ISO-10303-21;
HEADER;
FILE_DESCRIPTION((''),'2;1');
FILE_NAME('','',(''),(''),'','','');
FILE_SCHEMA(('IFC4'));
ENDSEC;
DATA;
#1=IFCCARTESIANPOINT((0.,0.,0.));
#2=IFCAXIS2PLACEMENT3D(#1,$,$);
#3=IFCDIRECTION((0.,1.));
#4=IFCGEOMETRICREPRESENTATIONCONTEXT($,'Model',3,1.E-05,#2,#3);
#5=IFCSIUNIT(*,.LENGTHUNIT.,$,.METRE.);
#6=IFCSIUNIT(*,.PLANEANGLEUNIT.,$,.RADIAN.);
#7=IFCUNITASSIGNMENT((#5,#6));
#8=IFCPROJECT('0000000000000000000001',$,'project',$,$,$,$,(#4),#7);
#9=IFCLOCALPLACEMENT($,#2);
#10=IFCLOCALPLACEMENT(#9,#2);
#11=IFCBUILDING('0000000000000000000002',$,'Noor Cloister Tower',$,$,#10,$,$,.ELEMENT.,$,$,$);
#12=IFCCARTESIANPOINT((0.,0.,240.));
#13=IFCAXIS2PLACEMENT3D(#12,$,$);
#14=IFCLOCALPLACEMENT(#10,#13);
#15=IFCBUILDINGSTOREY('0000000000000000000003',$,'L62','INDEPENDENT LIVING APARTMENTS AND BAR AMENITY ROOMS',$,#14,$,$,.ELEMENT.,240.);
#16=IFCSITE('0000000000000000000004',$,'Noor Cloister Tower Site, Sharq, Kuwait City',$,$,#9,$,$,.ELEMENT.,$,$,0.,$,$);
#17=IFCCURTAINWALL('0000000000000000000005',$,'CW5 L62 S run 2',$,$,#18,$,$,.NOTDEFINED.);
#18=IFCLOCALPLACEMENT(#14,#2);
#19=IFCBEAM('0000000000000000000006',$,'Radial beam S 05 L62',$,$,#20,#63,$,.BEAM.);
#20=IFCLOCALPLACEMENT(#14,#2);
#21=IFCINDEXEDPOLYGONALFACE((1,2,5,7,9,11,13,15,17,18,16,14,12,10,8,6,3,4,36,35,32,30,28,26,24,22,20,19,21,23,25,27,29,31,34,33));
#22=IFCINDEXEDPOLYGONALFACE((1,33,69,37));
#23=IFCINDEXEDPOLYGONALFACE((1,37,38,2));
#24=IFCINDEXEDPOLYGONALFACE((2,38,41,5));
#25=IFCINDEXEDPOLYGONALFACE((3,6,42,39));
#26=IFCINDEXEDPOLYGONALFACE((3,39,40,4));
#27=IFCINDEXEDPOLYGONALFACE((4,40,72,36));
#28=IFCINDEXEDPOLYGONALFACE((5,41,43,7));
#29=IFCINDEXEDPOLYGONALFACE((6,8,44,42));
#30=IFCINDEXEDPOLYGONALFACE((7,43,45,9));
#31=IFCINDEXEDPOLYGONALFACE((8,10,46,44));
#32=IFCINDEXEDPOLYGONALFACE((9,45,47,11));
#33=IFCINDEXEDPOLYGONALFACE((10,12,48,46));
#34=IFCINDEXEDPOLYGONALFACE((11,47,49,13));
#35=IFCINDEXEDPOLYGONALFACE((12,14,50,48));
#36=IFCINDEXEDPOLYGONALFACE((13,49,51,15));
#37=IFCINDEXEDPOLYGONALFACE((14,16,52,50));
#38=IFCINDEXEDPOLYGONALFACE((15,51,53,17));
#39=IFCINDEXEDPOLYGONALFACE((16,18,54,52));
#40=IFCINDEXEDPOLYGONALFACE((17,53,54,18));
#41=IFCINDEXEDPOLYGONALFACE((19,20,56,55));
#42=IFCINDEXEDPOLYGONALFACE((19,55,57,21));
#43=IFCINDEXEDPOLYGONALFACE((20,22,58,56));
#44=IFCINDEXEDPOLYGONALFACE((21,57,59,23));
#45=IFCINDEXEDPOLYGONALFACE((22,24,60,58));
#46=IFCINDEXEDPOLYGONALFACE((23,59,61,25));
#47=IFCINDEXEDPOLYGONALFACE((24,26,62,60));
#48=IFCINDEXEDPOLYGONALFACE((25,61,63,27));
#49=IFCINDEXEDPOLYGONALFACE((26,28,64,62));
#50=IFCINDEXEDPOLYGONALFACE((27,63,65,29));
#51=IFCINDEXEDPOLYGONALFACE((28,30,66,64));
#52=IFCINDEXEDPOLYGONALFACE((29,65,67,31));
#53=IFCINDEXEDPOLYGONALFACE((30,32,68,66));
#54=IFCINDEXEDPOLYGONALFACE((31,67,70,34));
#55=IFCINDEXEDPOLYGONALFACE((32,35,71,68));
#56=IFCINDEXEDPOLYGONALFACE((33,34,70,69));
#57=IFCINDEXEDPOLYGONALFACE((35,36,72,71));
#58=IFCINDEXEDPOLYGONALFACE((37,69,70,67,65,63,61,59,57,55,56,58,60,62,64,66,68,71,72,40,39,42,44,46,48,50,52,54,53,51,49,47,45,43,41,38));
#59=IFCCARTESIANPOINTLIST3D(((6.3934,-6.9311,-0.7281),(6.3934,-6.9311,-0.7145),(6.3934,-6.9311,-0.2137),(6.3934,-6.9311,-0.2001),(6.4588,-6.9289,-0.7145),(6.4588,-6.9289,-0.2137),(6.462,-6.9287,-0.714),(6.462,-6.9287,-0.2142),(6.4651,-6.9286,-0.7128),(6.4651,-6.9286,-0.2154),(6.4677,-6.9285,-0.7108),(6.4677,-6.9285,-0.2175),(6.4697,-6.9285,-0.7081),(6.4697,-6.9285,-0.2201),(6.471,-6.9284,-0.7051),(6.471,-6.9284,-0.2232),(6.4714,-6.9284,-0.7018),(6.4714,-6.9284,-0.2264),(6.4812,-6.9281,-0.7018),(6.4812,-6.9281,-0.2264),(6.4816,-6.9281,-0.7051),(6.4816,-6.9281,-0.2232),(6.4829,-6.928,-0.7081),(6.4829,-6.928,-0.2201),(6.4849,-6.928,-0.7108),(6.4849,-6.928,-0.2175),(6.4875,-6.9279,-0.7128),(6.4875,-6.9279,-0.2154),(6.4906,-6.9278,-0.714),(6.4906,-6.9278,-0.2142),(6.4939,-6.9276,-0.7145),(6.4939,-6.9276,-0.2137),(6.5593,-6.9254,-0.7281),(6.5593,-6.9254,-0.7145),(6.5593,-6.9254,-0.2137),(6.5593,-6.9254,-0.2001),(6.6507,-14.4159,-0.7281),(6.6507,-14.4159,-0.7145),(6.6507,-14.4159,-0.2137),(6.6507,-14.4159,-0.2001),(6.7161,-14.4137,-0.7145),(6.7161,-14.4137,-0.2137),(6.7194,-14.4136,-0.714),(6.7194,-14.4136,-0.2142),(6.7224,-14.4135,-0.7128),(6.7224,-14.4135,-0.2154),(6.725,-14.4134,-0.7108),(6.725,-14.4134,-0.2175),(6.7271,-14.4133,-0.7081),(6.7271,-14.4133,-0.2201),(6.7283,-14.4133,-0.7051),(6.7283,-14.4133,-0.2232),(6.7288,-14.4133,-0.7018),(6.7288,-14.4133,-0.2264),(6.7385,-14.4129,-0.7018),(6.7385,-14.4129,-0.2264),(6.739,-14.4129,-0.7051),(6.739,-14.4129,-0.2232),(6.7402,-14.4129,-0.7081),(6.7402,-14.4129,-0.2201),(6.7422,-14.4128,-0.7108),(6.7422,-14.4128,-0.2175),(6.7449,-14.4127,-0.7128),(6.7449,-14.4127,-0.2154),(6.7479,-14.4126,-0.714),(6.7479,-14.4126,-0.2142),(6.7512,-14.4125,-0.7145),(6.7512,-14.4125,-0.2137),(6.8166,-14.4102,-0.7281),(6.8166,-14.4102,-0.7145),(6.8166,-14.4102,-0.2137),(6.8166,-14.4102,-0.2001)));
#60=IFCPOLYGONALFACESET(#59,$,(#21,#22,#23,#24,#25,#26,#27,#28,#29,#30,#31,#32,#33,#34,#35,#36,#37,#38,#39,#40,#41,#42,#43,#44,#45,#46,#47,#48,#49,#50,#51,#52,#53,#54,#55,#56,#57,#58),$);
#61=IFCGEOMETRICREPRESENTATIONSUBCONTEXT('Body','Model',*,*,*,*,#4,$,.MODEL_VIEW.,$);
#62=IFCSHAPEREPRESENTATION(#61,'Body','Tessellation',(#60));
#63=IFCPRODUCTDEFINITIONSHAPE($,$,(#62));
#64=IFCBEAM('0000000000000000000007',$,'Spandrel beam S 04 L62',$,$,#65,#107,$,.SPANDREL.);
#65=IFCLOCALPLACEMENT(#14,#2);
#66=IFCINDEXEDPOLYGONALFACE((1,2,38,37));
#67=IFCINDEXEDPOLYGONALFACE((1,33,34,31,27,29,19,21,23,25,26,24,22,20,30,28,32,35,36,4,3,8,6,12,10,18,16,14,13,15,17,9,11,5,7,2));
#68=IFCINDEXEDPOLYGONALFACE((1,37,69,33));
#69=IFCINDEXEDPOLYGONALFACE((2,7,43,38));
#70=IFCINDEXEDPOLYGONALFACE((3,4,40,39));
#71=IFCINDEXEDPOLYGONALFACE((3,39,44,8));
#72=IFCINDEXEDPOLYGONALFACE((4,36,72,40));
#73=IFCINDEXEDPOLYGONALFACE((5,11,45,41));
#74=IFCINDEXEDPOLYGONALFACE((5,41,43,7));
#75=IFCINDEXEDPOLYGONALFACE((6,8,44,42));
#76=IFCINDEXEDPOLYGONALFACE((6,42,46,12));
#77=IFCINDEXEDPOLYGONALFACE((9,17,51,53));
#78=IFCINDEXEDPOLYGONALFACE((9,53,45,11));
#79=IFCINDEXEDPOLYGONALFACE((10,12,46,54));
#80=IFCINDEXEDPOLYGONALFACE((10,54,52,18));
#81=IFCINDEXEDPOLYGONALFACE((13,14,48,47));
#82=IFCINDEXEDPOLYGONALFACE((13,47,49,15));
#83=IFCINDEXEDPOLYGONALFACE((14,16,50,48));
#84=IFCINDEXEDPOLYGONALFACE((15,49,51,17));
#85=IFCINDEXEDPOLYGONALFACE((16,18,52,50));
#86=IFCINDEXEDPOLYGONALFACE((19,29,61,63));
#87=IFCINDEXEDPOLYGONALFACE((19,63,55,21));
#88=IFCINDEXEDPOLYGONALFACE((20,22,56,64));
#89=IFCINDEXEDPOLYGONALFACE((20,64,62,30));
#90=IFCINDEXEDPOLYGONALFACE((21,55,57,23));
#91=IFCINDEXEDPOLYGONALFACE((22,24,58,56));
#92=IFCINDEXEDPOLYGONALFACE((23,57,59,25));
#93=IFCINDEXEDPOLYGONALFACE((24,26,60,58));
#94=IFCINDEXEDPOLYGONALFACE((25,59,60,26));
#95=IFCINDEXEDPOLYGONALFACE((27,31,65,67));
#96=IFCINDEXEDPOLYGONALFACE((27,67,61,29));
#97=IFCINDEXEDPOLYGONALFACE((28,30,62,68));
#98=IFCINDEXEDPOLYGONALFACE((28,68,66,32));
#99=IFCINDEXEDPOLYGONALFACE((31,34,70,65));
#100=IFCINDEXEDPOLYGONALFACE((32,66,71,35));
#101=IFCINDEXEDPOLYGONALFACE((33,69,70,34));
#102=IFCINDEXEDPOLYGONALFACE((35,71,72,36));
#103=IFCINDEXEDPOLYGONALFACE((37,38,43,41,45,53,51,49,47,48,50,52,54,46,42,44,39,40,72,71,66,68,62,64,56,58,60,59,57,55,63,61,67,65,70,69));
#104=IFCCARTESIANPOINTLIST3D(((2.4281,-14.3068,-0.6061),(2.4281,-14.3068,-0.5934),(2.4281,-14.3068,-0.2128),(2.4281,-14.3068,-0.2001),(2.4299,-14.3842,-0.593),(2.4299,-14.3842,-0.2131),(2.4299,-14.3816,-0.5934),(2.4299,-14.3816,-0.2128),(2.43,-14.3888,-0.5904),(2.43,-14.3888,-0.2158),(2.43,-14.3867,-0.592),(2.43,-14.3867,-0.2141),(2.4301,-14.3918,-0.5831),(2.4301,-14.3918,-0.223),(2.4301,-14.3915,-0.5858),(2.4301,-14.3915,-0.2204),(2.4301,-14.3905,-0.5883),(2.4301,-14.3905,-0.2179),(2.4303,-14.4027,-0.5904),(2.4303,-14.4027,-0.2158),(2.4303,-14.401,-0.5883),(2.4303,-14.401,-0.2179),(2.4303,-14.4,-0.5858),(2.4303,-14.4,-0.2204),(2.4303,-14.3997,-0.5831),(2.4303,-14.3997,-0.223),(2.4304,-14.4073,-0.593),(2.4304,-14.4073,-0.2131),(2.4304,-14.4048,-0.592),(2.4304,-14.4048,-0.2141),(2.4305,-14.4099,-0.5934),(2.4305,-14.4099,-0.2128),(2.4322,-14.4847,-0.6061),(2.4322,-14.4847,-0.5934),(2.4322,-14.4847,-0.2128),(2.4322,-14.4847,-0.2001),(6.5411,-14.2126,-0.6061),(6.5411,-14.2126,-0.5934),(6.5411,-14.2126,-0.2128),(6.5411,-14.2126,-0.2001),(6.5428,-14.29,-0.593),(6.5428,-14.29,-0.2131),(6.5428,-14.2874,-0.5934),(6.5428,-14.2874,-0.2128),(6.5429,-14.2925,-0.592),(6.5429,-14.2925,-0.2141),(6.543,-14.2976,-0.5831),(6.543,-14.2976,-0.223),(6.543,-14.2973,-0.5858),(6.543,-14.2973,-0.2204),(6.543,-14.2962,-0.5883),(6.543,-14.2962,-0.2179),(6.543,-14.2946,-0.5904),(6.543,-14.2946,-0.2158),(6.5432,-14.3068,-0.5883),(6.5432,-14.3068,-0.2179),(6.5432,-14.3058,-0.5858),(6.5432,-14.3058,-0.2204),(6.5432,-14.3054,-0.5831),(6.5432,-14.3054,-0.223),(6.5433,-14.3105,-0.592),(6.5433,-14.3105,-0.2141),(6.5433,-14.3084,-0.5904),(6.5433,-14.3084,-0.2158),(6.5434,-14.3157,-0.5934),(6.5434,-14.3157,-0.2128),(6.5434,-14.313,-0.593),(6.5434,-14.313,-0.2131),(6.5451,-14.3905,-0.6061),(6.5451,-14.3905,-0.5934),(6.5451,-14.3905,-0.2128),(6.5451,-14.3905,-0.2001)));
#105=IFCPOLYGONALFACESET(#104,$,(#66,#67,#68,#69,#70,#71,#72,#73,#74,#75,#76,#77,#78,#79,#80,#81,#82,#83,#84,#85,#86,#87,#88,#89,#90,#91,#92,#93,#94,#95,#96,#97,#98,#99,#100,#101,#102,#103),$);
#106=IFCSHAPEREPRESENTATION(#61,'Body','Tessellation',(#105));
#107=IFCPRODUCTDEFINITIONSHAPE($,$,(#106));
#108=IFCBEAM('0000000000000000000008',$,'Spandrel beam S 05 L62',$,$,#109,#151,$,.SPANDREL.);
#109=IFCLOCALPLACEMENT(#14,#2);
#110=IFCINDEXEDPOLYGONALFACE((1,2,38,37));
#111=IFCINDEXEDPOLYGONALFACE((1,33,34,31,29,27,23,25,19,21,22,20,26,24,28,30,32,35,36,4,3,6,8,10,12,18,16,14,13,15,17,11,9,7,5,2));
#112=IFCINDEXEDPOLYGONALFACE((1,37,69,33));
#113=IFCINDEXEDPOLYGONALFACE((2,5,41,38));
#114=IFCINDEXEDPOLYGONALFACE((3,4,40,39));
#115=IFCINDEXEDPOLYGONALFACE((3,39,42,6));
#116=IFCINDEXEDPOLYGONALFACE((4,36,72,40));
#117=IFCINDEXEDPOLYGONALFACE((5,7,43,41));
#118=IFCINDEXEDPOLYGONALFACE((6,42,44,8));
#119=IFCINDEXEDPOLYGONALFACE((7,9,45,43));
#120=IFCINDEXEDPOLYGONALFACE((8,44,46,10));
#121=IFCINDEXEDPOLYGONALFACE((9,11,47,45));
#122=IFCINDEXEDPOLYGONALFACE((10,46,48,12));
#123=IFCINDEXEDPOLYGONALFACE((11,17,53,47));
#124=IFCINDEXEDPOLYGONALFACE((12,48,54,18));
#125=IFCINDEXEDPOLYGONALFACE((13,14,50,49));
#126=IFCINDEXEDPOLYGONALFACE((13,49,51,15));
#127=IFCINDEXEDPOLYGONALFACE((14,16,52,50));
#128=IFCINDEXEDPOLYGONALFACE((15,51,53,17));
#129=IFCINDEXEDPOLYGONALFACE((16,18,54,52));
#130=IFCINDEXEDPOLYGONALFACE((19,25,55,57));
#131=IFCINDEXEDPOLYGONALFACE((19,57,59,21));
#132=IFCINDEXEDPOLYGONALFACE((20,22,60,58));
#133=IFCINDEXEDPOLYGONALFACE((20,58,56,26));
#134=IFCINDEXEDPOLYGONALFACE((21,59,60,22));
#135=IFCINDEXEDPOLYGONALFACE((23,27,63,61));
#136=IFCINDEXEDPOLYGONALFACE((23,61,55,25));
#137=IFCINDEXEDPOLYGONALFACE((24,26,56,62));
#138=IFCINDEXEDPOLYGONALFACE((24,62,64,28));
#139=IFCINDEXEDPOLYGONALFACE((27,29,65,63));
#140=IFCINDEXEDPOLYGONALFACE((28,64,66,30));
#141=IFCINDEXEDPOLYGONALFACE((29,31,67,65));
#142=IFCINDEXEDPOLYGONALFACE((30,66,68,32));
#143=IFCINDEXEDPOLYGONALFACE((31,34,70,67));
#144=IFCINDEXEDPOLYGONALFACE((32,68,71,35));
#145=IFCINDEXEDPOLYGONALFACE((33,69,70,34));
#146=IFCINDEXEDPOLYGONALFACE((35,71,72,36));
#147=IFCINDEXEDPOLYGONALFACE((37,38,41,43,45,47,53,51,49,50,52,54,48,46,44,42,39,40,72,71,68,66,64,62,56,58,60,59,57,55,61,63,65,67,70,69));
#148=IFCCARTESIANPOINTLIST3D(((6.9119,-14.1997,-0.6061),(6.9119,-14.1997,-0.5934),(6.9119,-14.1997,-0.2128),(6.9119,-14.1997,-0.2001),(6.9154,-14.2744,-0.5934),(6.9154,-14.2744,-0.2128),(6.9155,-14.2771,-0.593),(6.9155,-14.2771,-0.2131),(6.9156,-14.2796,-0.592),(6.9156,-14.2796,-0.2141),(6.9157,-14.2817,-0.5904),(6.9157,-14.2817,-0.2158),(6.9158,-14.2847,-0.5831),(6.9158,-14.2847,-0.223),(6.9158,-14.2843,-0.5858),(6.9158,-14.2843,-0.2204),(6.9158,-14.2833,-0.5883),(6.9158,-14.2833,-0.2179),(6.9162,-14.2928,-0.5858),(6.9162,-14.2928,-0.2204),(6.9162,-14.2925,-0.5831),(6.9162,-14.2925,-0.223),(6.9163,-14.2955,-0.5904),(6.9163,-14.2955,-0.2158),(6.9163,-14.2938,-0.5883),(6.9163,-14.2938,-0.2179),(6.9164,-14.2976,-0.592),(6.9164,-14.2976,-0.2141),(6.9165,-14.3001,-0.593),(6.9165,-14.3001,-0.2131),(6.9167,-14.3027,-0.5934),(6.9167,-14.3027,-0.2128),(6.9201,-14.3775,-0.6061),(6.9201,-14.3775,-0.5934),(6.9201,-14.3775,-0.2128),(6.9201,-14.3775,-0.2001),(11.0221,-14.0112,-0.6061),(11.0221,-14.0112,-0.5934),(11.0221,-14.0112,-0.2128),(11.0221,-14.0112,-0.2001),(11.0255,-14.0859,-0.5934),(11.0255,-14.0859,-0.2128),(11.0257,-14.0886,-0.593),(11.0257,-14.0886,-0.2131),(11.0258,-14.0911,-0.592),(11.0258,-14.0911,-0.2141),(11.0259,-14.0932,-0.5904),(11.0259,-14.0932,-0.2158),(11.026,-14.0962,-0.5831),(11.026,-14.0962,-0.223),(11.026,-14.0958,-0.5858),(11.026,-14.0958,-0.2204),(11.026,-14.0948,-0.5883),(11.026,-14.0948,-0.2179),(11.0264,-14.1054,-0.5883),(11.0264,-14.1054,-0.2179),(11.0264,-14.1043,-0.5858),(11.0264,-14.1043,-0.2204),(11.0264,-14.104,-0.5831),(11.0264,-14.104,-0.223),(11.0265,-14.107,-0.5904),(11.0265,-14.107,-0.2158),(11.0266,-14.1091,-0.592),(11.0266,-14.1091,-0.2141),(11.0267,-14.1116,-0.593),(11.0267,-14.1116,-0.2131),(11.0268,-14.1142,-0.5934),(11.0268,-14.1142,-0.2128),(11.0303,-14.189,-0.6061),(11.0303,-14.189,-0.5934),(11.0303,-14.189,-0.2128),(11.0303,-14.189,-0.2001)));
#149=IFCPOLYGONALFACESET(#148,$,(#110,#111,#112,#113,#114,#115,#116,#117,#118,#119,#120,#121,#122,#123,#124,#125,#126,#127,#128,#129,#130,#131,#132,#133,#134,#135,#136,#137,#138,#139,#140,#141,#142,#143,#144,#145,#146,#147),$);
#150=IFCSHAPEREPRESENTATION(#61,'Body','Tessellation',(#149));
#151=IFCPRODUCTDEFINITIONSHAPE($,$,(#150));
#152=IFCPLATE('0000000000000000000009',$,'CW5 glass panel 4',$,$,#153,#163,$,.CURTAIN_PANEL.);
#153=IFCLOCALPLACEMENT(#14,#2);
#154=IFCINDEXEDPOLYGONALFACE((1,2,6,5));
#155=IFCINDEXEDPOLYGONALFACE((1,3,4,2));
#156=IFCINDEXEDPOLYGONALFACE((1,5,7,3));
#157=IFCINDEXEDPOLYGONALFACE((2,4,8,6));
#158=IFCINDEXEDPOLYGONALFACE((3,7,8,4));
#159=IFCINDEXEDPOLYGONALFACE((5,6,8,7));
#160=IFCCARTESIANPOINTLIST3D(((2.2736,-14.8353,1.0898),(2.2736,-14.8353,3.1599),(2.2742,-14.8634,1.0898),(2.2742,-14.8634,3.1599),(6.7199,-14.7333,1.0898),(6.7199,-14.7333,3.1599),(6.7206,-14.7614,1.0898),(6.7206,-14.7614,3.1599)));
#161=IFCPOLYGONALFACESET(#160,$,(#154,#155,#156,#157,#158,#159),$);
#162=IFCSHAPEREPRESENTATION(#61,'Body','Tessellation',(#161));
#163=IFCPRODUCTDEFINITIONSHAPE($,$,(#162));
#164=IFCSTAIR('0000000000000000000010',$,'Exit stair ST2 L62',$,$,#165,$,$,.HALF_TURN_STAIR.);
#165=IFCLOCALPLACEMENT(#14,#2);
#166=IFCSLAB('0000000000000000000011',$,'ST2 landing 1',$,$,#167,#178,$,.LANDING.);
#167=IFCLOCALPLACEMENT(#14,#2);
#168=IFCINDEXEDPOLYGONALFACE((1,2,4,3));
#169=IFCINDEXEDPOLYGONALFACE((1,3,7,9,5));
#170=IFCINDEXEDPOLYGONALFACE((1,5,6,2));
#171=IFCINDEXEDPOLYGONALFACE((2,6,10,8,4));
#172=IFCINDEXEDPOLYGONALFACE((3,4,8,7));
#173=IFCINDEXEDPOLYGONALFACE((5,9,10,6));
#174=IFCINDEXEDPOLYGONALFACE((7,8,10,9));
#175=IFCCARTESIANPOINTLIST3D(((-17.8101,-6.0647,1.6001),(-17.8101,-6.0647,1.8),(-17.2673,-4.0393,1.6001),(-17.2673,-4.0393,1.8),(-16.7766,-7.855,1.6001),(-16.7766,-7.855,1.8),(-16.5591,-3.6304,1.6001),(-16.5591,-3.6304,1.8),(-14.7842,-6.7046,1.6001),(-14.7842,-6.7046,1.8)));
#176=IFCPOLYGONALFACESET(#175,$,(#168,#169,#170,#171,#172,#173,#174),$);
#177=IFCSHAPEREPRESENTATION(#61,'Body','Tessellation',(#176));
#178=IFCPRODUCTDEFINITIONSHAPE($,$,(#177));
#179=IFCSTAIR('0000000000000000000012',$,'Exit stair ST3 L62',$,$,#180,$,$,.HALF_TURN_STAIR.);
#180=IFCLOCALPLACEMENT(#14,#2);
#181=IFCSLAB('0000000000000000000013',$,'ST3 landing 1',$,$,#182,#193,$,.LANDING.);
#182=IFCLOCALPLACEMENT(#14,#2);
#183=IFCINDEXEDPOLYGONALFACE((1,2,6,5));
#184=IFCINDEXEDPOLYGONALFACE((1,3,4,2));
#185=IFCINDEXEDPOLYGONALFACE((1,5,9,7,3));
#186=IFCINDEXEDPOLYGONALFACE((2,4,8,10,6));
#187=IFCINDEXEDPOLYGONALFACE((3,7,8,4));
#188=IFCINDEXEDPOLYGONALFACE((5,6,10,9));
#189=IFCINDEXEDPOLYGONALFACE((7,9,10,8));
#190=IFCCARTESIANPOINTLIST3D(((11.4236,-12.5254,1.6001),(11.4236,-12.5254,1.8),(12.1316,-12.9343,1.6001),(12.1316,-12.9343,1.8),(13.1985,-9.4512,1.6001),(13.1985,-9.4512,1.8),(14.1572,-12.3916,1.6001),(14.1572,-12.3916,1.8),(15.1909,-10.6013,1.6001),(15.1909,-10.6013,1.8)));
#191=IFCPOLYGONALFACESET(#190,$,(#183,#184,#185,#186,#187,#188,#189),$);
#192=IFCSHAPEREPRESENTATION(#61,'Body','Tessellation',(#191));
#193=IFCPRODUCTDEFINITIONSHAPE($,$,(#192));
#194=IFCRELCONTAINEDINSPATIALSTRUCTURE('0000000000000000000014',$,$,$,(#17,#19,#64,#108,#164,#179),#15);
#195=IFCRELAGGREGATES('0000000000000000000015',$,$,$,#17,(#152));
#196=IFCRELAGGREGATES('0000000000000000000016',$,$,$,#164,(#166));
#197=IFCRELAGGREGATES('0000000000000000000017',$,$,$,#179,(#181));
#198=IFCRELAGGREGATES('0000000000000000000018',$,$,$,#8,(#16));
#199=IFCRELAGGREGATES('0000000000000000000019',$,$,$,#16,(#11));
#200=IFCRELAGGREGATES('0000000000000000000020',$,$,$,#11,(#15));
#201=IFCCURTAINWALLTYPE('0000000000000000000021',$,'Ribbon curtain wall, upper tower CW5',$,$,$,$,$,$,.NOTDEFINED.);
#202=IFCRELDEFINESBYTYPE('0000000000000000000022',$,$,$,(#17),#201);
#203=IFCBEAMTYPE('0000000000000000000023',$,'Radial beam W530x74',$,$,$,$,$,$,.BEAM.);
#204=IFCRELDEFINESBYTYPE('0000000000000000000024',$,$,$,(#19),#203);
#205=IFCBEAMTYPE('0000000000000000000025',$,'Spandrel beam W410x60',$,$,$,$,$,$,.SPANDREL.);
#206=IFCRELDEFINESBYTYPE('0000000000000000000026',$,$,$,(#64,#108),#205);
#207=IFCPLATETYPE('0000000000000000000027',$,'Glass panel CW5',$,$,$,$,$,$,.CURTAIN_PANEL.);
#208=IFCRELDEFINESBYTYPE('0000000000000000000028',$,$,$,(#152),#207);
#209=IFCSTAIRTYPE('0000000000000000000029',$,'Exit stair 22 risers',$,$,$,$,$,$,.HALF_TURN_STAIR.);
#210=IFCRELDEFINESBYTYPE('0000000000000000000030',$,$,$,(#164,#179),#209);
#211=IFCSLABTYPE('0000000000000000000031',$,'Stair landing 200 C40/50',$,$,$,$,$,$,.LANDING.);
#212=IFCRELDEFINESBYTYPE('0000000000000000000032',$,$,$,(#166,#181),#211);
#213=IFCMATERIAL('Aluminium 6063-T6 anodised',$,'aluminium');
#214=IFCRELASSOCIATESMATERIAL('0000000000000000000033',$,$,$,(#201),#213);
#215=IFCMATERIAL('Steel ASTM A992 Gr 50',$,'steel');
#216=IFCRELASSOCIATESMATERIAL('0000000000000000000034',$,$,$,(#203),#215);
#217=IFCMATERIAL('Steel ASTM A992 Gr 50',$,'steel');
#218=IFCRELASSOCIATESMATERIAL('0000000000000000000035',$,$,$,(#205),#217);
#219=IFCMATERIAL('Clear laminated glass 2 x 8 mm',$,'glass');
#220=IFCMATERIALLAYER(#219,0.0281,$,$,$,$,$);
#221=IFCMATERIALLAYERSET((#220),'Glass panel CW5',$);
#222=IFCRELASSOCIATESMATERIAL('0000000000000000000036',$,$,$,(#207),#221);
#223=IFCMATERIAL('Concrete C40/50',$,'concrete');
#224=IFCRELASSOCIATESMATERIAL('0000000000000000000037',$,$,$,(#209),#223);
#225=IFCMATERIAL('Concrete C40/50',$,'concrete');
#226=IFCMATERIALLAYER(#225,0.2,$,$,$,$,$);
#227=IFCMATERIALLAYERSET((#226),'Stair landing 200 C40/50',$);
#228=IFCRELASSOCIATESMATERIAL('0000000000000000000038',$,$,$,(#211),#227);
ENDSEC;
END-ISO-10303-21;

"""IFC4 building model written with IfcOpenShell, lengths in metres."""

from ifc_helpers import new_model, si_unit, direction, frame, origin, origin_2d, place, context, subcontext, project, spatial, polyline, rectangle, i_section, outline, extrude, material, layer, layer_set, material_profile, profile_set, type_object, element, aggregate, save


model = new_model("IFC4")

# Units and contexts
model_context = context("Model", 3, precision=1e-05, world=origin(), true_north=direction((0.0, 1.0)))
body_context = subcontext(model_context, "Body", "Model", "MODEL_VIEW")
ifc_project = project(units=[si_unit("LENGTHUNIT", "METRE"), si_unit("PLANEANGLEUNIT", "RADIAN")], contexts=[model_context])

# Site, building, storey
site_placement = place(None, origin())
site = spatial("IfcSite", under=ifc_project, at=site_placement, Name="Noor Cloister Tower Site, Sharq, Kuwait City", CompositionType="ELEMENT", RefElevation=0.0)
building_placement = place(site_placement, origin())
building = spatial("IfcBuilding", under=site, at=building_placement, Name="Noor Cloister Tower", CompositionType="ELEMENT")
storey_placement = place(building_placement, frame((0.0, 0.0, 240.0)))
storey = spatial("IfcBuildingStorey", under=building, at=storey_placement, Name="L62", Description="INDEPENDENT LIVING APARTMENTS AND BAR AMENITY ROOMS", CompositionType="ELEMENT", Elevation=240.0)

# Curtain wall
ifc_material_1 = material(Name="Aluminium 6063-T6 anodised", Category="aluminium")
curtain_wall_type = type_object("IfcCurtainWallType", Name="Ribbon curtain wall, upper tower CW5", PredefinedType="NOTDEFINED", material=ifc_material_1)
curtain_wall_placement = place(storey_placement, origin())
curtain_wall = element("IfcCurtainWall", 1, at=curtain_wall_placement, inside=storey, type_object=curtain_wall_type, Name="CW5 L62 S run 2", PredefinedType="NOTDEFINED")

# Beams
ifc_material_2 = material(Name="Steel ASTM A992 Gr 50", Category="steel")
ifc_material_profile_1 = material_profile(ifc_material_2, i_section(OverallWidth=0.166, OverallDepth=0.5281, WebThickness=0.0098, FlangeThickness=0.0137, FilletRadius=0.0127, at=origin_2d()), Name="W530x74")
ifc_profile_set_1 = profile_set([ifc_material_profile_1], Name="Steel ASTM A992 Gr 50")
beam_type_1 = type_object("IfcBeamType", Name="Radial beam W530x74", PredefinedType="BEAM", material=ifc_profile_set_1)
beam_1_placement = place(storey_placement, frame((6.7336, -14.4131, -0.4641), z_axis=(-0.034359, 0.99941, 0.0), x_axis=(-0.99941, -0.034359, 0.0)))
element("IfcBeam", 2, at=beam_1_placement, inside=storey, type_object=beam_type_1, Name="Radial beam S 05 L62", PredefinedType="BEAM", context=body_context, shape_type="SweptSolid", body=[
    extrude(i_section(OverallWidth=0.166, OverallDepth=0.5281, WebThickness=0.0098, FlangeThickness=0.0137, FilletRadius=0.0127, at=origin_2d()), origin(), (0.0, 0.0, 1.0), 7.4893),
])
ifc_material_3 = material(Name="Steel ASTM A992 Gr 50", Category="steel")
ifc_material_profile_2 = material_profile(ifc_material_3, i_section(OverallWidth=0.178, OverallDepth=0.406, WebThickness=0.0078, FlangeThickness=0.0127, FilletRadius=0.0103, at=origin_2d()), Name="W410x60")
ifc_profile_set_2 = profile_set([ifc_material_profile_2], Name="Steel ASTM A992 Gr 50")
beam_type_2 = type_object("IfcBeamType", Name="Spandrel beam W410x60", PredefinedType="SPANDREL", material=ifc_profile_set_2)
beam_2_placement = place(storey_placement, frame((2.4302, -14.3958, -0.4031), z_axis=(0.999738, 0.022906, 0.0), x_axis=(-0.022906, 0.999738, 0.0)))
element("IfcBeam", 3, at=beam_2_placement, inside=storey, type_object=beam_type_2, Name="Spandrel beam S 04 L62", PredefinedType="SPANDREL", context=body_context, shape_type="SweptSolid", body=[
    extrude(i_section(OverallWidth=0.178, OverallDepth=0.406, WebThickness=0.0078, FlangeThickness=0.0127, FilletRadius=0.0103, at=origin_2d()), origin(), (0.0, 0.0, 1.0), 4.114),
])
beam_3_placement = place(storey_placement, frame((6.916, -14.2886, -0.4031), z_axis=(0.99895, 0.045809, 0.0), x_axis=(-0.045809, 0.99895, 0.0)))
element("IfcBeam", 4, at=beam_3_placement, inside=storey, type_object=beam_type_2, Name="Spandrel beam S 05 L62", PredefinedType="SPANDREL", context=body_context, shape_type="SweptSolid", body=[
    extrude(i_section(OverallWidth=0.178, OverallDepth=0.406, WebThickness=0.0078, FlangeThickness=0.0127, FilletRadius=0.0103, at=origin_2d()), origin(), (0.0, 0.0, 1.0), 4.1145),
])

# Plate
ifc_material_4 = material(Name="Clear laminated glass 2 x 8 mm", Category="glass")
ifc_layer_1 = layer(ifc_material_4, 0.0281)
ifc_layer_set_1 = layer_set([ifc_layer_1], Name="Glass panel CW5")
plate_type = type_object("IfcPlateType", Name="Glass panel CW5", PredefinedType="CURTAIN_PANEL", material=ifc_layer_set_1)
plate_placement = place(storey_placement, frame((4.4971, -14.7983, 1.0898), z_axis=(0.0, 0.0, 1.0), x_axis=(0.999737, 0.022925, 0.0)))
plate = element("IfcPlate", 5, at=plate_placement, type_object=plate_type, Name="CW5 glass panel 4", PredefinedType="CURTAIN_PANEL", context=body_context, shape_type="SweptSolid", body=[
    extrude(rectangle(XDim=4.4475, YDim=0.0281, at=origin_2d()), origin(), (0.0, 0.0, 1.0), 2.0701),
])
aggregate(curtain_wall, [plate])

# Stairs, slabs
ifc_material_5 = material(Name="Concrete C40/50", Category="concrete")
stair_type = type_object("IfcStairType", Name="Exit stair 22 risers", PredefinedType="HALF_TURN_STAIR", material=ifc_material_5)
stair_1_placement = place(storey_placement, origin())
stair_1 = element("IfcStair", 6, at=stair_1_placement, inside=storey, type_object=stair_type, Name="Exit stair ST2 L62", PredefinedType="HALF_TURN_STAIR")
ifc_material_6 = material(Name="Concrete C40/50", Category="concrete")
ifc_layer_2 = layer(ifc_material_6, 0.2)
ifc_layer_set_2 = layer_set([ifc_layer_2], Name="Stair landing 200 C40/50")
slab_type = type_object("IfcSlabType", Name="Stair landing 200 C40/50", PredefinedType="LANDING", material=ifc_layer_set_2)
slab_1_placement = place(storey_placement, frame((0.0, 0.0, 1.6001)))
slab_1 = element("IfcSlab", 7, at=slab_1_placement, type_object=slab_type, Name="ST2 landing 1", PredefinedType="LANDING", context=body_context, shape_type="SweptSolid", body=[
    extrude(outline(polyline([(-16.5591, -3.6304), (-17.2673, -4.0393), (-17.8101, -6.0647), (-16.7766, -7.855), (-14.7842, -6.7046), (-16.5591, -3.6304)])), origin(), (0.0, 0.0, 1.0), 0.2),
])
aggregate(stair_1, [slab_1])
stair_2_placement = place(storey_placement, origin())
stair_2 = element("IfcStair", 8, at=stair_2_placement, inside=storey, type_object=stair_type, Name="Exit stair ST3 L62", PredefinedType="HALF_TURN_STAIR")
slab_2_placement = place(storey_placement, frame((0.0, 0.0, 1.6001)))
slab_2 = element("IfcSlab", 9, at=slab_2_placement, type_object=slab_type, Name="ST3 landing 1", PredefinedType="LANDING", context=body_context, shape_type="SweptSolid", body=[
    extrude(outline(polyline([(11.4236, -12.5254), (12.1316, -12.9343), (14.1572, -12.3916), (15.1909, -10.6013), (13.1985, -9.4512), (11.4236, -12.5254)])), origin(), (0.0, 0.0, 1.0), 0.2),
])
aggregate(stair_2, [slab_2])

save(model, "model.ifc")
